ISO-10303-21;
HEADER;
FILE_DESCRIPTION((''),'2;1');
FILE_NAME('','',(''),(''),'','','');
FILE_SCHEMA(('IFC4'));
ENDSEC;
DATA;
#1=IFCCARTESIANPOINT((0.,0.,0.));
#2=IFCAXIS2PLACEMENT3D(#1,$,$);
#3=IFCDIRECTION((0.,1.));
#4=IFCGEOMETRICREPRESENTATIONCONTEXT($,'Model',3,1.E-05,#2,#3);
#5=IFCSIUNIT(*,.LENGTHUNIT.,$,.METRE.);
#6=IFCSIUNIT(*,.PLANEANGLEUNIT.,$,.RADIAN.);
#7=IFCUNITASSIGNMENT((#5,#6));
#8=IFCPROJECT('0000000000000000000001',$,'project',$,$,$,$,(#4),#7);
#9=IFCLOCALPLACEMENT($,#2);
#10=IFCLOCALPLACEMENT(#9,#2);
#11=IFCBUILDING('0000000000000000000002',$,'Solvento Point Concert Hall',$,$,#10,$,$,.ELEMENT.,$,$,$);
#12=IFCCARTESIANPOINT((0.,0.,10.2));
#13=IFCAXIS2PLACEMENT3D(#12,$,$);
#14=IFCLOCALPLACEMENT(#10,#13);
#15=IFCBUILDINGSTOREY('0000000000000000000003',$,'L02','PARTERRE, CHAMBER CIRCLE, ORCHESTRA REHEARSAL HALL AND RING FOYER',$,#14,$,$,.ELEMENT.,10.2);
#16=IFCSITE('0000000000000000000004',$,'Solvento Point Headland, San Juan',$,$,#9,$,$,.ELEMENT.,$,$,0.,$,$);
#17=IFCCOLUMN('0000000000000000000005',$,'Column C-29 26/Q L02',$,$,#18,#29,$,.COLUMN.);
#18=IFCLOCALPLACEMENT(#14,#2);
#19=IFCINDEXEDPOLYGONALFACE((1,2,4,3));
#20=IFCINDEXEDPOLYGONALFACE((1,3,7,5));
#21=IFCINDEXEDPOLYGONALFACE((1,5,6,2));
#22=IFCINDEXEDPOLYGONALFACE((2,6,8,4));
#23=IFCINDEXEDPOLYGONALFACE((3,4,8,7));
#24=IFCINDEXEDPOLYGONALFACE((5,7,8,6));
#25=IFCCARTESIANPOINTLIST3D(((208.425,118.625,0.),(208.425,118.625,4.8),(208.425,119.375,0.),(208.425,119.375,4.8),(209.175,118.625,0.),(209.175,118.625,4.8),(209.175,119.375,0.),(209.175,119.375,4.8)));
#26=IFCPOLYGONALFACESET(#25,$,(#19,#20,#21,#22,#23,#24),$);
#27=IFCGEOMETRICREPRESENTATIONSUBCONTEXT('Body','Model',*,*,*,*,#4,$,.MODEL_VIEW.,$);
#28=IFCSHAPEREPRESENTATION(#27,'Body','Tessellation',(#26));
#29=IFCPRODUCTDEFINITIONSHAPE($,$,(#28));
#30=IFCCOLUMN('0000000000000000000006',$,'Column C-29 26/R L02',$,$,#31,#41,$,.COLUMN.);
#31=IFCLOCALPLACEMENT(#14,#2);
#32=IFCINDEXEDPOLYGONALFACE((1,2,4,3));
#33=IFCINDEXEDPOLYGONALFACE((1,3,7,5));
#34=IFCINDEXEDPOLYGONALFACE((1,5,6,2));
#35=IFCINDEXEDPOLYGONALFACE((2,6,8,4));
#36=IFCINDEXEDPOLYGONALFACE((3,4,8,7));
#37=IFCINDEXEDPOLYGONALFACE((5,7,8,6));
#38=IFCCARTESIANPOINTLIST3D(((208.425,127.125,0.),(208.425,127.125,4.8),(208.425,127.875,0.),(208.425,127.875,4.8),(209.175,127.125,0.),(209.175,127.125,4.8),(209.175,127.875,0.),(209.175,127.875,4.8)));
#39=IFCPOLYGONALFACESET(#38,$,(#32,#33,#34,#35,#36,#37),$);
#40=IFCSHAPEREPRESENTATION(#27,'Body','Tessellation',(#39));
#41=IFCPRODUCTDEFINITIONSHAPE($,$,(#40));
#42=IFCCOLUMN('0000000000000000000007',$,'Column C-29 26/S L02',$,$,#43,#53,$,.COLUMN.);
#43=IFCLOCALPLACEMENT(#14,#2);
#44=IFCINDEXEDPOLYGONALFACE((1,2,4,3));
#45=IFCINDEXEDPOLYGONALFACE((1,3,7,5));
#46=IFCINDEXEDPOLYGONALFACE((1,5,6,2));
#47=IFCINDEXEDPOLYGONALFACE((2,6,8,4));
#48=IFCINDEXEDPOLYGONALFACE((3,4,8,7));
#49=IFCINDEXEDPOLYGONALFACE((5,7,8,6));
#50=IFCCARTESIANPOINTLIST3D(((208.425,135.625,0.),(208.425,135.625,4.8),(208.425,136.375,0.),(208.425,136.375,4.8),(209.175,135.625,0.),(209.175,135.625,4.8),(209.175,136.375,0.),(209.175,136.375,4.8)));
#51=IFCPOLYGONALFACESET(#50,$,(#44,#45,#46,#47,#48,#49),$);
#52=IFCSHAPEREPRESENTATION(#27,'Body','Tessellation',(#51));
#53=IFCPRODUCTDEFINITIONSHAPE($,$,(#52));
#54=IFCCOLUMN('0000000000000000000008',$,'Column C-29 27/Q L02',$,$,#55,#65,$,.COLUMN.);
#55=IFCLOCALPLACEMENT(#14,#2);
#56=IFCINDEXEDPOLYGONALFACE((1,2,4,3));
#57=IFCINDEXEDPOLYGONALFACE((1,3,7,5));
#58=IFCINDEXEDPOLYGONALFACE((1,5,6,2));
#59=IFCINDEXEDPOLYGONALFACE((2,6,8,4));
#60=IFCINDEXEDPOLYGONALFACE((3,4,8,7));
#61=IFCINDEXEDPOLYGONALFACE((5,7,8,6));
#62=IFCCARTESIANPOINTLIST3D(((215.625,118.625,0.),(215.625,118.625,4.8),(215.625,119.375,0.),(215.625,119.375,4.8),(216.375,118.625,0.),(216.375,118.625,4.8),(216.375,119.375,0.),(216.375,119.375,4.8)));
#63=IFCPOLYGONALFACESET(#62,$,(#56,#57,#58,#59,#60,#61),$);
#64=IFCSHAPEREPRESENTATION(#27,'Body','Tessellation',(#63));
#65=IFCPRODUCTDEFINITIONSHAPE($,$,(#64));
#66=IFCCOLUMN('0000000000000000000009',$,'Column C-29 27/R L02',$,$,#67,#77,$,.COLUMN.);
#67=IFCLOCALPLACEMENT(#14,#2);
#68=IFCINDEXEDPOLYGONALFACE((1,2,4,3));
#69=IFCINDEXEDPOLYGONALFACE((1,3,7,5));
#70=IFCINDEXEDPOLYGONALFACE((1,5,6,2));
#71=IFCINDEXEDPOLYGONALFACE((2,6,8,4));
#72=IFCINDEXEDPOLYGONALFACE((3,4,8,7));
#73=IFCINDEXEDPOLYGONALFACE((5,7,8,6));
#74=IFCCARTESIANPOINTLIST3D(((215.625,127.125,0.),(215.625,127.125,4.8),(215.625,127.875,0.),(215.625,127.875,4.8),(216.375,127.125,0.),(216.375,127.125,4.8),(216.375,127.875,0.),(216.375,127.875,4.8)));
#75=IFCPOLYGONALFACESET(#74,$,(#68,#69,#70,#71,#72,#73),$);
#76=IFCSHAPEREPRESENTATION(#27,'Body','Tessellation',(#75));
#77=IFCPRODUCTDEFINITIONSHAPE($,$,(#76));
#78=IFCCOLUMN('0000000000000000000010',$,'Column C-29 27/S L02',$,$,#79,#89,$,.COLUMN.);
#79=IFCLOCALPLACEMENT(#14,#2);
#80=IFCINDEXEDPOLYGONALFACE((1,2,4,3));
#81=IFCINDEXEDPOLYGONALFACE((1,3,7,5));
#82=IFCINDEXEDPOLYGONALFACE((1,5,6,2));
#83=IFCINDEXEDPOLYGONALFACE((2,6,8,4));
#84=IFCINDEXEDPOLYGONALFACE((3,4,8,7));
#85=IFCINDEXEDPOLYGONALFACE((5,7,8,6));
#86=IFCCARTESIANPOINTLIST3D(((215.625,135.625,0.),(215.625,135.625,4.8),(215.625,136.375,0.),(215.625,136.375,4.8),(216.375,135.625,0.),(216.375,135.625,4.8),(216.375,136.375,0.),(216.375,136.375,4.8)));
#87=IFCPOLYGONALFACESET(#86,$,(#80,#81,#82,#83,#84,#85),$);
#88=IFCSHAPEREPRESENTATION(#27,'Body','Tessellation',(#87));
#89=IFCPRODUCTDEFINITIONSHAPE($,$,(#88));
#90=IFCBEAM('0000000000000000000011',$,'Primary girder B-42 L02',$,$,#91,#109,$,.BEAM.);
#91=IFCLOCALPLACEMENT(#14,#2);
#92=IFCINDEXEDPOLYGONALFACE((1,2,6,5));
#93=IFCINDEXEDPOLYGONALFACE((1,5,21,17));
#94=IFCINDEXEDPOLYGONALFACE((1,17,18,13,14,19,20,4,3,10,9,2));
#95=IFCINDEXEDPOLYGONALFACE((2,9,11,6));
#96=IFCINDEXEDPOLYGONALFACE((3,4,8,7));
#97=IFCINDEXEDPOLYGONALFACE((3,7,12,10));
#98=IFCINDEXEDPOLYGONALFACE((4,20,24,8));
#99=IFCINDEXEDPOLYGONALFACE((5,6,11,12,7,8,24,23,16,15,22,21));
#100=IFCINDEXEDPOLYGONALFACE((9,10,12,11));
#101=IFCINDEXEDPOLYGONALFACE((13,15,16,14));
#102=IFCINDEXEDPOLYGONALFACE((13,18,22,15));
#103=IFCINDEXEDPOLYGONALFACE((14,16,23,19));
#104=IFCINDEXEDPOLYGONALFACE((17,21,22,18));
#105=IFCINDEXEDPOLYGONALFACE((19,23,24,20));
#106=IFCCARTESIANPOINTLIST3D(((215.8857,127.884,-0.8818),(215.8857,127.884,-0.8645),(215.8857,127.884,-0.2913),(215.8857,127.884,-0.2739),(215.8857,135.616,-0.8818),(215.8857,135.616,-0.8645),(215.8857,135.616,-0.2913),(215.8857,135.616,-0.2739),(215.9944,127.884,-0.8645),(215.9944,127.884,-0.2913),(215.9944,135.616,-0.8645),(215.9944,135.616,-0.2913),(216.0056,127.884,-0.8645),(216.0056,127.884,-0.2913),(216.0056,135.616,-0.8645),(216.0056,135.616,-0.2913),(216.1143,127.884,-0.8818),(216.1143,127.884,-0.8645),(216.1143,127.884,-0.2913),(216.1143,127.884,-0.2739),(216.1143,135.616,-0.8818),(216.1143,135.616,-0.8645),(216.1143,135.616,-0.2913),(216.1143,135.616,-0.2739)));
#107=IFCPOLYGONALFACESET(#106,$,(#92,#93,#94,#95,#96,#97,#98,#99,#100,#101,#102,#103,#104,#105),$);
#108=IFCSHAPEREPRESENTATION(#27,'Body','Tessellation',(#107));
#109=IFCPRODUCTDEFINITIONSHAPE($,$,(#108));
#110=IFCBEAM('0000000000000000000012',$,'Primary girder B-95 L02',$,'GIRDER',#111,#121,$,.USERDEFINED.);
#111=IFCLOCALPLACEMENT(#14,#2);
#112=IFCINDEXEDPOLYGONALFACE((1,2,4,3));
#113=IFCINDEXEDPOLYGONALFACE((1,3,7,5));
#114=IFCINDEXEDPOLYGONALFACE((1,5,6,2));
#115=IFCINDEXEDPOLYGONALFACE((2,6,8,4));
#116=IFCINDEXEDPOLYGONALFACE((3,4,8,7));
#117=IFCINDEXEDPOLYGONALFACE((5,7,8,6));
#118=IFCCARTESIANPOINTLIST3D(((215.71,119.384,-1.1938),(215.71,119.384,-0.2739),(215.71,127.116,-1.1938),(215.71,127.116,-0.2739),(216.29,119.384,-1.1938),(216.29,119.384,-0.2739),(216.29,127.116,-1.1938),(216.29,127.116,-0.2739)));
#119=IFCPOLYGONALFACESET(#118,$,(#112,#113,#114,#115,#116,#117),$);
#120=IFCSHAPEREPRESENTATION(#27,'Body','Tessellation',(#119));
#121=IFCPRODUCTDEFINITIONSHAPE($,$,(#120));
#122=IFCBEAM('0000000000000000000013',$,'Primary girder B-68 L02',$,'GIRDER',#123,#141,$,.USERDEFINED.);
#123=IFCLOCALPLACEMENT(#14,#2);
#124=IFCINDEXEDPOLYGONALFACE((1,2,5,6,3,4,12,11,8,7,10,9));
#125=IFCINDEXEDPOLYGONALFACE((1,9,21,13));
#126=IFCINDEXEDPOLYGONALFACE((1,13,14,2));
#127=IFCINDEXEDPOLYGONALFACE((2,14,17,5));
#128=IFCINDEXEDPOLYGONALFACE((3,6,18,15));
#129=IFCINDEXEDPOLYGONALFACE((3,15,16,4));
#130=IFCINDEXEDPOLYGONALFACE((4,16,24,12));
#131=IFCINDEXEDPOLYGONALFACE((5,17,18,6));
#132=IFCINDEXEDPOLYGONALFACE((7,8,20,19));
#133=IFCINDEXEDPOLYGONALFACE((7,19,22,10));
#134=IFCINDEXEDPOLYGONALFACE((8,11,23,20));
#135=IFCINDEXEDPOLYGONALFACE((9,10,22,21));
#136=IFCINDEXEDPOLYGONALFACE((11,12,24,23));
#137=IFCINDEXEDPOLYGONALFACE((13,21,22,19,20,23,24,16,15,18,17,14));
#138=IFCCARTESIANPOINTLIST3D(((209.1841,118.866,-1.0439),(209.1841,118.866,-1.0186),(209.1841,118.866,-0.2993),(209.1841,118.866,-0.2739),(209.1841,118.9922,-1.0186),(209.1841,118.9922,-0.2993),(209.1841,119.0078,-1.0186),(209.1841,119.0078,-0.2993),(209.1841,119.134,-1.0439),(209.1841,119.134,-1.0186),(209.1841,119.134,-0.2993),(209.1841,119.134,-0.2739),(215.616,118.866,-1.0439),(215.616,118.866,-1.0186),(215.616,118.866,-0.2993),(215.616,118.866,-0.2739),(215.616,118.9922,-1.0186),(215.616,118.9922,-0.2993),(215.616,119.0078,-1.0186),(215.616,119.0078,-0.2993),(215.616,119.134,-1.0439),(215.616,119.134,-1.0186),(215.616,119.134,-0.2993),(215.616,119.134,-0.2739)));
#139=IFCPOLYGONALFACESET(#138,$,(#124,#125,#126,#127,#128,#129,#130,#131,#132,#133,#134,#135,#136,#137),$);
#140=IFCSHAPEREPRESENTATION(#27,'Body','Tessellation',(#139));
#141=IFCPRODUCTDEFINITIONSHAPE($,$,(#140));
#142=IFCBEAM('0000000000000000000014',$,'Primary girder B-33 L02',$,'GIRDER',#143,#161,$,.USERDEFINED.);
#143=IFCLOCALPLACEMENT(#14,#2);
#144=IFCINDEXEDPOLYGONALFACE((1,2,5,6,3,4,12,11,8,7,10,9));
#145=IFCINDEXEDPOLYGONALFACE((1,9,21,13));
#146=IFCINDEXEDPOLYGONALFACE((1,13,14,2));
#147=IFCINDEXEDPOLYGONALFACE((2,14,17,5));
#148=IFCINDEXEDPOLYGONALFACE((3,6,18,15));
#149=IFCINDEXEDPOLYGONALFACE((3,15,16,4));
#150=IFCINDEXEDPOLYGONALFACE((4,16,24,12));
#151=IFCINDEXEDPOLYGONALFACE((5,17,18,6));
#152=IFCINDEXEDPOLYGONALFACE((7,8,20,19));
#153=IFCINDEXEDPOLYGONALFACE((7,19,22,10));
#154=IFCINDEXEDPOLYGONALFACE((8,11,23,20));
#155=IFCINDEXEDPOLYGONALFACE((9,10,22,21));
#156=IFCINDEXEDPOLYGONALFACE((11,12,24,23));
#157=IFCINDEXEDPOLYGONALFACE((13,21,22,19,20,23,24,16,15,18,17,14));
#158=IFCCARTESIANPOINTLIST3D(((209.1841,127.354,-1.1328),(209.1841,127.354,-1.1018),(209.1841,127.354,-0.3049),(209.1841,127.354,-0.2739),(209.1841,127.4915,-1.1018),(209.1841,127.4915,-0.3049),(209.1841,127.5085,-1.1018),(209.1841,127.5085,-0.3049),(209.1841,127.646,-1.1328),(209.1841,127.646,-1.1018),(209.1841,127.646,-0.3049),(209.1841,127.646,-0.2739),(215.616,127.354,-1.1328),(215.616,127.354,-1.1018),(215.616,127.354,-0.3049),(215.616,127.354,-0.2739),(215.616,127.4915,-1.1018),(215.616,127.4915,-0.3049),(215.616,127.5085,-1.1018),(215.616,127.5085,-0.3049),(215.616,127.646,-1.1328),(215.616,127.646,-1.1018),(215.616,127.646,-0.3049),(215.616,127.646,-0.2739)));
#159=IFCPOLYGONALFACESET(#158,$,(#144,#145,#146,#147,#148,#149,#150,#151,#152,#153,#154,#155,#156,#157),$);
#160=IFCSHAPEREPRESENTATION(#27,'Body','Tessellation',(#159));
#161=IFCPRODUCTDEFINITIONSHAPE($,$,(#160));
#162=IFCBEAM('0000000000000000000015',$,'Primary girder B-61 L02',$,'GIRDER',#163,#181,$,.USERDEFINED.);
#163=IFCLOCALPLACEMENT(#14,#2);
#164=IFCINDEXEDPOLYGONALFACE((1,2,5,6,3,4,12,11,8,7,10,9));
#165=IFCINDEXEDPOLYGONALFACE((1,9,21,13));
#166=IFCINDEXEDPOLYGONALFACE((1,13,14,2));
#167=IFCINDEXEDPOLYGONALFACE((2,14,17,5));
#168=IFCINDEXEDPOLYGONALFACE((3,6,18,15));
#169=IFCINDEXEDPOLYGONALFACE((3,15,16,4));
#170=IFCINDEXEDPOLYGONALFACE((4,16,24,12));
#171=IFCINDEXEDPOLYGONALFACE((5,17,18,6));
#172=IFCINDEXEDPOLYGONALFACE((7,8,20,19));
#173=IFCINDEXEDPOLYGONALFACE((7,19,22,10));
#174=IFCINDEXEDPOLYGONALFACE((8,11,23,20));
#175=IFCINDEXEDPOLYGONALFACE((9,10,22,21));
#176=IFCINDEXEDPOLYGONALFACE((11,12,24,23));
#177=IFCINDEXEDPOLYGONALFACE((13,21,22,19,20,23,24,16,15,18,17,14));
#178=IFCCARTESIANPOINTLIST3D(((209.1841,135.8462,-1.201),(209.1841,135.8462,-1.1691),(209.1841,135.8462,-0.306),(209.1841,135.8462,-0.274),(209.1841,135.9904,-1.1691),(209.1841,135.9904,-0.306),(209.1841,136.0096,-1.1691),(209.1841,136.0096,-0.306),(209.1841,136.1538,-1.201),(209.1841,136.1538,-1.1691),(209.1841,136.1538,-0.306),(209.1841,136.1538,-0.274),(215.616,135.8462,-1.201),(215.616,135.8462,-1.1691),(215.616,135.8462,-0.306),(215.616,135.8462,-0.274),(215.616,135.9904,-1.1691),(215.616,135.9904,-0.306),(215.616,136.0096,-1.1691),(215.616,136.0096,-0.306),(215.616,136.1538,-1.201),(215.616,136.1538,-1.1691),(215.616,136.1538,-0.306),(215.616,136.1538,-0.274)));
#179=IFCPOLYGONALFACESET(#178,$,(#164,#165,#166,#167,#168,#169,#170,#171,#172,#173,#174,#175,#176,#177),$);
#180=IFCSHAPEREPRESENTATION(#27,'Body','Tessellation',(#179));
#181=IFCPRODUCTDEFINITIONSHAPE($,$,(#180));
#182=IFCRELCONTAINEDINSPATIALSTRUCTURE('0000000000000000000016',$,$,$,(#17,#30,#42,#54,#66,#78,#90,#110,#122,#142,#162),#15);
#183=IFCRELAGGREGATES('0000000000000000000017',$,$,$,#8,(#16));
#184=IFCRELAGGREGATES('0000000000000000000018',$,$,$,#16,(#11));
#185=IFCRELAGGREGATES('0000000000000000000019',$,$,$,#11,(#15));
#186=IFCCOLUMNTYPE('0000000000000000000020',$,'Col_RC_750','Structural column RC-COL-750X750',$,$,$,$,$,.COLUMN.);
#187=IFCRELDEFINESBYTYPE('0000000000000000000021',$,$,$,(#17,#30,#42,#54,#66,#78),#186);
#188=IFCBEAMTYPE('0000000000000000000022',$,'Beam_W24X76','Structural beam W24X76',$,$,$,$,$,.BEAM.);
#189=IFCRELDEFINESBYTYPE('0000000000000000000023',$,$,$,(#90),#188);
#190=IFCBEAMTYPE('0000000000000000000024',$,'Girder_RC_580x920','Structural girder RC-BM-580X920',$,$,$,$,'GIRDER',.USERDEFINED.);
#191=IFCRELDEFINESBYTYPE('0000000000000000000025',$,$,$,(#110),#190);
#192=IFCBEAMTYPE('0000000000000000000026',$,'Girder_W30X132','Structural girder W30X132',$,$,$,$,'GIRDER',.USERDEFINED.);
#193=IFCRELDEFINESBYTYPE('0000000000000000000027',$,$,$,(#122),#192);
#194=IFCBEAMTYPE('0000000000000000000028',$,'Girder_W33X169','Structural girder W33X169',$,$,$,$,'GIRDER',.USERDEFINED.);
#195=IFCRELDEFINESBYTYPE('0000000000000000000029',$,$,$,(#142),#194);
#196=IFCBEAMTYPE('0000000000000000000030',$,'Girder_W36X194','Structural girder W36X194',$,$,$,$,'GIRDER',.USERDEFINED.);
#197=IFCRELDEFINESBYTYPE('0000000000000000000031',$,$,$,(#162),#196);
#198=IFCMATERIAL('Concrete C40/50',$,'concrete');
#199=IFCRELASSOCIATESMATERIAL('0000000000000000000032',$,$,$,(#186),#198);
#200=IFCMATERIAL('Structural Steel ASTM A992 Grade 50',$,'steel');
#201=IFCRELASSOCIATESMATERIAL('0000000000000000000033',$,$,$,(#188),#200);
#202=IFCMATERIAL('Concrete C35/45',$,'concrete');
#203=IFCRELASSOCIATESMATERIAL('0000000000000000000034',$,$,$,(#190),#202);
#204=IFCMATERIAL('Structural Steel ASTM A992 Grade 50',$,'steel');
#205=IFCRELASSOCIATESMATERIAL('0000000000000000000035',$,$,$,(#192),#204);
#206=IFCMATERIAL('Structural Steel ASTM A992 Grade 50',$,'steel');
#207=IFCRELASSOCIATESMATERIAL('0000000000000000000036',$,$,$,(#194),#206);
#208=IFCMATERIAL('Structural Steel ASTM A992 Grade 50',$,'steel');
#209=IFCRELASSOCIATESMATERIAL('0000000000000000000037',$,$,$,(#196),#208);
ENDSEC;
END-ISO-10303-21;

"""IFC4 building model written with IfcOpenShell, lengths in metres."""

from ifc_helpers import new_model, si_unit, direction, frame, origin, origin_2d, place, context, subcontext, project, spatial, rectangle, i_section, extrude, material, material_profile, profile_set, type_object, element, save


model = new_model("IFC4")

# Units and contexts
model_context = context("Model", 3, precision=1e-05, world=origin(), true_north=direction((0.0, 1.0)))
body_context = subcontext(model_context, "Body", "Model", "MODEL_VIEW")
ifc_project = project(units=[si_unit("LENGTHUNIT", "METRE"), si_unit("PLANEANGLEUNIT", "RADIAN")], contexts=[model_context])

# Site, building, storey
site_placement = place(None, origin())
site = spatial("IfcSite", under=ifc_project, at=site_placement, Name="Solvento Point Headland, San Juan", CompositionType="ELEMENT", RefElevation=0.0)
building_placement = place(site_placement, origin())
building = spatial("IfcBuilding", under=site, at=building_placement, Name="Solvento Point Concert Hall", CompositionType="ELEMENT")
storey_placement = place(building_placement, frame((0.0, 0.0, 10.2)))
storey = spatial("IfcBuildingStorey", under=building, at=storey_placement, Name="L02", Description="PARTERRE, CHAMBER CIRCLE, ORCHESTRA REHEARSAL HALL AND RING FOYER", CompositionType="ELEMENT", Elevation=10.2)

# Columns
ifc_material_1 = material(Name="Concrete C40/50", Category="concrete")
ifc_material_profile_1 = material_profile(ifc_material_1, rectangle(XDim=0.75, YDim=0.75, at=origin_2d()), Name="RC-COL-750X750")
ifc_profile_set_1 = profile_set([ifc_material_profile_1], Name="Concrete C40/50")
column_type = type_object("IfcColumnType", Name="Col_RC_750", Description="Structural column RC-COL-750X750", PredefinedType="COLUMN", material=ifc_profile_set_1)
for number, where, z_axis, x_axis, name in (
    (1, (208.8, 119.0, 0.0), (0.0, 0.0, 1.0), (1.0, 0.0, 0.0), "Column C-29 26/Q L02"),
    (2, (208.8, 127.5, 0.0), (0.0, 0.0, 1.0), (1.0, 0.0, 0.0), "Column C-29 26/R L02"),
    (3, (208.8, 136.0, 0.0), (0.0, 0.0, 1.0), (1.0, 0.0, 0.0), "Column C-29 26/S L02"),
    (4, (216.0, 119.0, 0.0), (0.0, 0.0, 1.0), (1.0, 0.0, 0.0), "Column C-29 27/Q L02"),
    (5, (216.0, 127.5, 0.0), (0.0, 0.0, 1.0), (1.0, 0.0, 0.0), "Column C-29 27/R L02"),
    (6, (216.0, 136.0, 0.0), (0.0, 0.0, 1.0), (1.0, 0.0, 0.0), "Column C-29 27/S L02"),
):
    element("IfcColumn", number, at=place(storey_placement, frame(where, z_axis=z_axis, x_axis=x_axis)), inside=storey, type_object=column_type, Name=name, PredefinedType="COLUMN", context=body_context, shape_type="SweptSolid", body=[
        extrude(rectangle(XDim=0.75, YDim=0.75, at=origin_2d()), origin(), (0.0, 0.0, 1.0), 4.8),
    ])

# Beams
ifc_material_2 = material(Name="Structural Steel ASTM A992 Grade 50", Category="steel")
ifc_material_profile_2 = material_profile(ifc_material_2, i_section(OverallWidth=0.2285, OverallDepth=0.6079, WebThickness=0.0112, FlangeThickness=0.0173, at=origin_2d()), Name="W24X76")
ifc_profile_set_2 = profile_set([ifc_material_profile_2], Name="Structural Steel ASTM A992 Grade 50")
beam_type_1 = type_object("IfcBeamType", Name="Beam_W24X76", Description="Structural beam W24X76", PredefinedType="BEAM", material=ifc_profile_set_2)
beam_1_placement = place(storey_placement, frame((216.0, 127.884, -0.5779), z_axis=(0.0, 1.0, 0.0), x_axis=(-1.0, 0.0, 0.0)))
element("IfcBeam", 7, at=beam_1_placement, inside=storey, type_object=beam_type_1, Name="Primary girder B-42 L02", PredefinedType="BEAM", context=body_context, shape_type="SweptSolid", body=[
    extrude(i_section(OverallWidth=0.2285, OverallDepth=0.6079, WebThickness=0.0112, FlangeThickness=0.0173, at=origin_2d()), origin(), (0.0, 0.0, 1.0), 7.7319),
])
ifc_material_3 = material(Name="Concrete C35/45", Category="concrete")
ifc_material_profile_3 = material_profile(ifc_material_3, rectangle(XDim=0.5801, YDim=0.9199, at=origin_2d()), Name="RC-BM-580X920")
ifc_profile_set_3 = profile_set([ifc_material_profile_3], Name="Concrete C35/45")
beam_type_2 = type_object("IfcBeamType", Name="Girder_RC_580x920", Description="Structural girder RC-BM-580X920", ElementType="GIRDER", PredefinedType="USERDEFINED", material=ifc_profile_set_3)
beam_2_placement = place(storey_placement, frame((216.0, 119.384, -0.7339), z_axis=(0.0, 1.0, 0.0), x_axis=(-1.0, 0.0, 0.0)))
element("IfcBeam", 8, at=beam_2_placement, inside=storey, type_object=beam_type_2, Name="Primary girder B-95 L02", ObjectType="GIRDER", PredefinedType="USERDEFINED", context=body_context, shape_type="SweptSolid", body=[
    extrude(rectangle(XDim=0.5801, YDim=0.9199, at=origin_2d()), origin(), (0.0, 0.0, 1.0), 7.7319),
])
ifc_material_4 = material(Name="Structural Steel ASTM A992 Grade 50", Category="steel")
ifc_material_profile_4 = material_profile(ifc_material_4, i_section(OverallWidth=0.2681, OverallDepth=0.77, WebThickness=0.0156, FlangeThickness=0.0254, at=origin_2d()), Name="W30X132")
ifc_profile_set_4 = profile_set([ifc_material_profile_4], Name="Structural Steel ASTM A992 Grade 50")
beam_type_3 = type_object("IfcBeamType", Name="Girder_W30X132", Description="Structural girder W30X132", ElementType="GIRDER", PredefinedType="USERDEFINED", material=ifc_profile_set_4)
beam_3_placement = place(storey_placement, frame((209.1841, 119.0, -0.6589), z_axis=(1.0, 0.0, 0.0), x_axis=(0.0, 1.0, 0.0)))
element("IfcBeam", 9, at=beam_3_placement, inside=storey, type_object=beam_type_3, Name="Primary girder B-68 L02", ObjectType="GIRDER", PredefinedType="USERDEFINED", context=body_context, shape_type="SweptSolid", body=[
    extrude(i_section(OverallWidth=0.2681, OverallDepth=0.77, WebThickness=0.0156, FlangeThickness=0.0254, at=origin_2d()), origin(), (0.0, 0.0, 1.0), 6.4319),
])
ifc_material_5 = material(Name="Structural Steel ASTM A992 Grade 50", Category="steel")
ifc_material_profile_5 = material_profile(ifc_material_5, i_section(OverallWidth=0.292, OverallDepth=0.8589, WebThickness=0.0171, FlangeThickness=0.031, at=origin_2d()), Name="W33X169")
ifc_profile_set_5 = profile_set([ifc_material_profile_5], Name="Structural Steel ASTM A992 Grade 50")
beam_type_4 = type_object("IfcBeamType", Name="Girder_W33X169", Description="Structural girder W33X169", ElementType="GIRDER", PredefinedType="USERDEFINED", material=ifc_profile_set_5)
beam_4_placement = place(storey_placement, frame((209.1841, 127.5, -0.7034), z_axis=(1.0, 0.0, 0.0), x_axis=(0.0, 1.0, 0.0)))
element("IfcBeam", 10, at=beam_4_placement, inside=storey, type_object=beam_type_4, Name="Primary girder B-33 L02", ObjectType="GIRDER", PredefinedType="USERDEFINED", context=body_context, shape_type="SweptSolid", body=[
    extrude(i_section(OverallWidth=0.292, OverallDepth=0.8589, WebThickness=0.0171, FlangeThickness=0.031, at=origin_2d()), origin(), (0.0, 0.0, 1.0), 6.4319),
])
ifc_material_6 = material(Name="Structural Steel ASTM A992 Grade 50", Category="steel")
ifc_material_profile_6 = material_profile(ifc_material_6, i_section(OverallWidth=0.3076, OverallDepth=0.927, WebThickness=0.0193, FlangeThickness=0.032, at=origin_2d()), Name="W36X194")
ifc_profile_set_6 = profile_set([ifc_material_profile_6], Name="Structural Steel ASTM A992 Grade 50")
beam_type_5 = type_object("IfcBeamType", Name="Girder_W36X194", Description="Structural girder W36X194", ElementType="GIRDER", PredefinedType="USERDEFINED", material=ifc_profile_set_6)
beam_5_placement = place(storey_placement, frame((209.1841, 136.0, -0.7375), z_axis=(1.0, 0.0, 0.0), x_axis=(0.0, 1.0, 0.0)))
element("IfcBeam", 11, at=beam_5_placement, inside=storey, type_object=beam_type_5, Name="Primary girder B-61 L02", ObjectType="GIRDER", PredefinedType="USERDEFINED", context=body_context, shape_type="SweptSolid", body=[
    extrude(i_section(OverallWidth=0.3076, OverallDepth=0.927, WebThickness=0.0193, FlangeThickness=0.032, at=origin_2d()), origin(), (0.0, 0.0, 1.0), 6.4319),
])

save(model, "model.ifc")
